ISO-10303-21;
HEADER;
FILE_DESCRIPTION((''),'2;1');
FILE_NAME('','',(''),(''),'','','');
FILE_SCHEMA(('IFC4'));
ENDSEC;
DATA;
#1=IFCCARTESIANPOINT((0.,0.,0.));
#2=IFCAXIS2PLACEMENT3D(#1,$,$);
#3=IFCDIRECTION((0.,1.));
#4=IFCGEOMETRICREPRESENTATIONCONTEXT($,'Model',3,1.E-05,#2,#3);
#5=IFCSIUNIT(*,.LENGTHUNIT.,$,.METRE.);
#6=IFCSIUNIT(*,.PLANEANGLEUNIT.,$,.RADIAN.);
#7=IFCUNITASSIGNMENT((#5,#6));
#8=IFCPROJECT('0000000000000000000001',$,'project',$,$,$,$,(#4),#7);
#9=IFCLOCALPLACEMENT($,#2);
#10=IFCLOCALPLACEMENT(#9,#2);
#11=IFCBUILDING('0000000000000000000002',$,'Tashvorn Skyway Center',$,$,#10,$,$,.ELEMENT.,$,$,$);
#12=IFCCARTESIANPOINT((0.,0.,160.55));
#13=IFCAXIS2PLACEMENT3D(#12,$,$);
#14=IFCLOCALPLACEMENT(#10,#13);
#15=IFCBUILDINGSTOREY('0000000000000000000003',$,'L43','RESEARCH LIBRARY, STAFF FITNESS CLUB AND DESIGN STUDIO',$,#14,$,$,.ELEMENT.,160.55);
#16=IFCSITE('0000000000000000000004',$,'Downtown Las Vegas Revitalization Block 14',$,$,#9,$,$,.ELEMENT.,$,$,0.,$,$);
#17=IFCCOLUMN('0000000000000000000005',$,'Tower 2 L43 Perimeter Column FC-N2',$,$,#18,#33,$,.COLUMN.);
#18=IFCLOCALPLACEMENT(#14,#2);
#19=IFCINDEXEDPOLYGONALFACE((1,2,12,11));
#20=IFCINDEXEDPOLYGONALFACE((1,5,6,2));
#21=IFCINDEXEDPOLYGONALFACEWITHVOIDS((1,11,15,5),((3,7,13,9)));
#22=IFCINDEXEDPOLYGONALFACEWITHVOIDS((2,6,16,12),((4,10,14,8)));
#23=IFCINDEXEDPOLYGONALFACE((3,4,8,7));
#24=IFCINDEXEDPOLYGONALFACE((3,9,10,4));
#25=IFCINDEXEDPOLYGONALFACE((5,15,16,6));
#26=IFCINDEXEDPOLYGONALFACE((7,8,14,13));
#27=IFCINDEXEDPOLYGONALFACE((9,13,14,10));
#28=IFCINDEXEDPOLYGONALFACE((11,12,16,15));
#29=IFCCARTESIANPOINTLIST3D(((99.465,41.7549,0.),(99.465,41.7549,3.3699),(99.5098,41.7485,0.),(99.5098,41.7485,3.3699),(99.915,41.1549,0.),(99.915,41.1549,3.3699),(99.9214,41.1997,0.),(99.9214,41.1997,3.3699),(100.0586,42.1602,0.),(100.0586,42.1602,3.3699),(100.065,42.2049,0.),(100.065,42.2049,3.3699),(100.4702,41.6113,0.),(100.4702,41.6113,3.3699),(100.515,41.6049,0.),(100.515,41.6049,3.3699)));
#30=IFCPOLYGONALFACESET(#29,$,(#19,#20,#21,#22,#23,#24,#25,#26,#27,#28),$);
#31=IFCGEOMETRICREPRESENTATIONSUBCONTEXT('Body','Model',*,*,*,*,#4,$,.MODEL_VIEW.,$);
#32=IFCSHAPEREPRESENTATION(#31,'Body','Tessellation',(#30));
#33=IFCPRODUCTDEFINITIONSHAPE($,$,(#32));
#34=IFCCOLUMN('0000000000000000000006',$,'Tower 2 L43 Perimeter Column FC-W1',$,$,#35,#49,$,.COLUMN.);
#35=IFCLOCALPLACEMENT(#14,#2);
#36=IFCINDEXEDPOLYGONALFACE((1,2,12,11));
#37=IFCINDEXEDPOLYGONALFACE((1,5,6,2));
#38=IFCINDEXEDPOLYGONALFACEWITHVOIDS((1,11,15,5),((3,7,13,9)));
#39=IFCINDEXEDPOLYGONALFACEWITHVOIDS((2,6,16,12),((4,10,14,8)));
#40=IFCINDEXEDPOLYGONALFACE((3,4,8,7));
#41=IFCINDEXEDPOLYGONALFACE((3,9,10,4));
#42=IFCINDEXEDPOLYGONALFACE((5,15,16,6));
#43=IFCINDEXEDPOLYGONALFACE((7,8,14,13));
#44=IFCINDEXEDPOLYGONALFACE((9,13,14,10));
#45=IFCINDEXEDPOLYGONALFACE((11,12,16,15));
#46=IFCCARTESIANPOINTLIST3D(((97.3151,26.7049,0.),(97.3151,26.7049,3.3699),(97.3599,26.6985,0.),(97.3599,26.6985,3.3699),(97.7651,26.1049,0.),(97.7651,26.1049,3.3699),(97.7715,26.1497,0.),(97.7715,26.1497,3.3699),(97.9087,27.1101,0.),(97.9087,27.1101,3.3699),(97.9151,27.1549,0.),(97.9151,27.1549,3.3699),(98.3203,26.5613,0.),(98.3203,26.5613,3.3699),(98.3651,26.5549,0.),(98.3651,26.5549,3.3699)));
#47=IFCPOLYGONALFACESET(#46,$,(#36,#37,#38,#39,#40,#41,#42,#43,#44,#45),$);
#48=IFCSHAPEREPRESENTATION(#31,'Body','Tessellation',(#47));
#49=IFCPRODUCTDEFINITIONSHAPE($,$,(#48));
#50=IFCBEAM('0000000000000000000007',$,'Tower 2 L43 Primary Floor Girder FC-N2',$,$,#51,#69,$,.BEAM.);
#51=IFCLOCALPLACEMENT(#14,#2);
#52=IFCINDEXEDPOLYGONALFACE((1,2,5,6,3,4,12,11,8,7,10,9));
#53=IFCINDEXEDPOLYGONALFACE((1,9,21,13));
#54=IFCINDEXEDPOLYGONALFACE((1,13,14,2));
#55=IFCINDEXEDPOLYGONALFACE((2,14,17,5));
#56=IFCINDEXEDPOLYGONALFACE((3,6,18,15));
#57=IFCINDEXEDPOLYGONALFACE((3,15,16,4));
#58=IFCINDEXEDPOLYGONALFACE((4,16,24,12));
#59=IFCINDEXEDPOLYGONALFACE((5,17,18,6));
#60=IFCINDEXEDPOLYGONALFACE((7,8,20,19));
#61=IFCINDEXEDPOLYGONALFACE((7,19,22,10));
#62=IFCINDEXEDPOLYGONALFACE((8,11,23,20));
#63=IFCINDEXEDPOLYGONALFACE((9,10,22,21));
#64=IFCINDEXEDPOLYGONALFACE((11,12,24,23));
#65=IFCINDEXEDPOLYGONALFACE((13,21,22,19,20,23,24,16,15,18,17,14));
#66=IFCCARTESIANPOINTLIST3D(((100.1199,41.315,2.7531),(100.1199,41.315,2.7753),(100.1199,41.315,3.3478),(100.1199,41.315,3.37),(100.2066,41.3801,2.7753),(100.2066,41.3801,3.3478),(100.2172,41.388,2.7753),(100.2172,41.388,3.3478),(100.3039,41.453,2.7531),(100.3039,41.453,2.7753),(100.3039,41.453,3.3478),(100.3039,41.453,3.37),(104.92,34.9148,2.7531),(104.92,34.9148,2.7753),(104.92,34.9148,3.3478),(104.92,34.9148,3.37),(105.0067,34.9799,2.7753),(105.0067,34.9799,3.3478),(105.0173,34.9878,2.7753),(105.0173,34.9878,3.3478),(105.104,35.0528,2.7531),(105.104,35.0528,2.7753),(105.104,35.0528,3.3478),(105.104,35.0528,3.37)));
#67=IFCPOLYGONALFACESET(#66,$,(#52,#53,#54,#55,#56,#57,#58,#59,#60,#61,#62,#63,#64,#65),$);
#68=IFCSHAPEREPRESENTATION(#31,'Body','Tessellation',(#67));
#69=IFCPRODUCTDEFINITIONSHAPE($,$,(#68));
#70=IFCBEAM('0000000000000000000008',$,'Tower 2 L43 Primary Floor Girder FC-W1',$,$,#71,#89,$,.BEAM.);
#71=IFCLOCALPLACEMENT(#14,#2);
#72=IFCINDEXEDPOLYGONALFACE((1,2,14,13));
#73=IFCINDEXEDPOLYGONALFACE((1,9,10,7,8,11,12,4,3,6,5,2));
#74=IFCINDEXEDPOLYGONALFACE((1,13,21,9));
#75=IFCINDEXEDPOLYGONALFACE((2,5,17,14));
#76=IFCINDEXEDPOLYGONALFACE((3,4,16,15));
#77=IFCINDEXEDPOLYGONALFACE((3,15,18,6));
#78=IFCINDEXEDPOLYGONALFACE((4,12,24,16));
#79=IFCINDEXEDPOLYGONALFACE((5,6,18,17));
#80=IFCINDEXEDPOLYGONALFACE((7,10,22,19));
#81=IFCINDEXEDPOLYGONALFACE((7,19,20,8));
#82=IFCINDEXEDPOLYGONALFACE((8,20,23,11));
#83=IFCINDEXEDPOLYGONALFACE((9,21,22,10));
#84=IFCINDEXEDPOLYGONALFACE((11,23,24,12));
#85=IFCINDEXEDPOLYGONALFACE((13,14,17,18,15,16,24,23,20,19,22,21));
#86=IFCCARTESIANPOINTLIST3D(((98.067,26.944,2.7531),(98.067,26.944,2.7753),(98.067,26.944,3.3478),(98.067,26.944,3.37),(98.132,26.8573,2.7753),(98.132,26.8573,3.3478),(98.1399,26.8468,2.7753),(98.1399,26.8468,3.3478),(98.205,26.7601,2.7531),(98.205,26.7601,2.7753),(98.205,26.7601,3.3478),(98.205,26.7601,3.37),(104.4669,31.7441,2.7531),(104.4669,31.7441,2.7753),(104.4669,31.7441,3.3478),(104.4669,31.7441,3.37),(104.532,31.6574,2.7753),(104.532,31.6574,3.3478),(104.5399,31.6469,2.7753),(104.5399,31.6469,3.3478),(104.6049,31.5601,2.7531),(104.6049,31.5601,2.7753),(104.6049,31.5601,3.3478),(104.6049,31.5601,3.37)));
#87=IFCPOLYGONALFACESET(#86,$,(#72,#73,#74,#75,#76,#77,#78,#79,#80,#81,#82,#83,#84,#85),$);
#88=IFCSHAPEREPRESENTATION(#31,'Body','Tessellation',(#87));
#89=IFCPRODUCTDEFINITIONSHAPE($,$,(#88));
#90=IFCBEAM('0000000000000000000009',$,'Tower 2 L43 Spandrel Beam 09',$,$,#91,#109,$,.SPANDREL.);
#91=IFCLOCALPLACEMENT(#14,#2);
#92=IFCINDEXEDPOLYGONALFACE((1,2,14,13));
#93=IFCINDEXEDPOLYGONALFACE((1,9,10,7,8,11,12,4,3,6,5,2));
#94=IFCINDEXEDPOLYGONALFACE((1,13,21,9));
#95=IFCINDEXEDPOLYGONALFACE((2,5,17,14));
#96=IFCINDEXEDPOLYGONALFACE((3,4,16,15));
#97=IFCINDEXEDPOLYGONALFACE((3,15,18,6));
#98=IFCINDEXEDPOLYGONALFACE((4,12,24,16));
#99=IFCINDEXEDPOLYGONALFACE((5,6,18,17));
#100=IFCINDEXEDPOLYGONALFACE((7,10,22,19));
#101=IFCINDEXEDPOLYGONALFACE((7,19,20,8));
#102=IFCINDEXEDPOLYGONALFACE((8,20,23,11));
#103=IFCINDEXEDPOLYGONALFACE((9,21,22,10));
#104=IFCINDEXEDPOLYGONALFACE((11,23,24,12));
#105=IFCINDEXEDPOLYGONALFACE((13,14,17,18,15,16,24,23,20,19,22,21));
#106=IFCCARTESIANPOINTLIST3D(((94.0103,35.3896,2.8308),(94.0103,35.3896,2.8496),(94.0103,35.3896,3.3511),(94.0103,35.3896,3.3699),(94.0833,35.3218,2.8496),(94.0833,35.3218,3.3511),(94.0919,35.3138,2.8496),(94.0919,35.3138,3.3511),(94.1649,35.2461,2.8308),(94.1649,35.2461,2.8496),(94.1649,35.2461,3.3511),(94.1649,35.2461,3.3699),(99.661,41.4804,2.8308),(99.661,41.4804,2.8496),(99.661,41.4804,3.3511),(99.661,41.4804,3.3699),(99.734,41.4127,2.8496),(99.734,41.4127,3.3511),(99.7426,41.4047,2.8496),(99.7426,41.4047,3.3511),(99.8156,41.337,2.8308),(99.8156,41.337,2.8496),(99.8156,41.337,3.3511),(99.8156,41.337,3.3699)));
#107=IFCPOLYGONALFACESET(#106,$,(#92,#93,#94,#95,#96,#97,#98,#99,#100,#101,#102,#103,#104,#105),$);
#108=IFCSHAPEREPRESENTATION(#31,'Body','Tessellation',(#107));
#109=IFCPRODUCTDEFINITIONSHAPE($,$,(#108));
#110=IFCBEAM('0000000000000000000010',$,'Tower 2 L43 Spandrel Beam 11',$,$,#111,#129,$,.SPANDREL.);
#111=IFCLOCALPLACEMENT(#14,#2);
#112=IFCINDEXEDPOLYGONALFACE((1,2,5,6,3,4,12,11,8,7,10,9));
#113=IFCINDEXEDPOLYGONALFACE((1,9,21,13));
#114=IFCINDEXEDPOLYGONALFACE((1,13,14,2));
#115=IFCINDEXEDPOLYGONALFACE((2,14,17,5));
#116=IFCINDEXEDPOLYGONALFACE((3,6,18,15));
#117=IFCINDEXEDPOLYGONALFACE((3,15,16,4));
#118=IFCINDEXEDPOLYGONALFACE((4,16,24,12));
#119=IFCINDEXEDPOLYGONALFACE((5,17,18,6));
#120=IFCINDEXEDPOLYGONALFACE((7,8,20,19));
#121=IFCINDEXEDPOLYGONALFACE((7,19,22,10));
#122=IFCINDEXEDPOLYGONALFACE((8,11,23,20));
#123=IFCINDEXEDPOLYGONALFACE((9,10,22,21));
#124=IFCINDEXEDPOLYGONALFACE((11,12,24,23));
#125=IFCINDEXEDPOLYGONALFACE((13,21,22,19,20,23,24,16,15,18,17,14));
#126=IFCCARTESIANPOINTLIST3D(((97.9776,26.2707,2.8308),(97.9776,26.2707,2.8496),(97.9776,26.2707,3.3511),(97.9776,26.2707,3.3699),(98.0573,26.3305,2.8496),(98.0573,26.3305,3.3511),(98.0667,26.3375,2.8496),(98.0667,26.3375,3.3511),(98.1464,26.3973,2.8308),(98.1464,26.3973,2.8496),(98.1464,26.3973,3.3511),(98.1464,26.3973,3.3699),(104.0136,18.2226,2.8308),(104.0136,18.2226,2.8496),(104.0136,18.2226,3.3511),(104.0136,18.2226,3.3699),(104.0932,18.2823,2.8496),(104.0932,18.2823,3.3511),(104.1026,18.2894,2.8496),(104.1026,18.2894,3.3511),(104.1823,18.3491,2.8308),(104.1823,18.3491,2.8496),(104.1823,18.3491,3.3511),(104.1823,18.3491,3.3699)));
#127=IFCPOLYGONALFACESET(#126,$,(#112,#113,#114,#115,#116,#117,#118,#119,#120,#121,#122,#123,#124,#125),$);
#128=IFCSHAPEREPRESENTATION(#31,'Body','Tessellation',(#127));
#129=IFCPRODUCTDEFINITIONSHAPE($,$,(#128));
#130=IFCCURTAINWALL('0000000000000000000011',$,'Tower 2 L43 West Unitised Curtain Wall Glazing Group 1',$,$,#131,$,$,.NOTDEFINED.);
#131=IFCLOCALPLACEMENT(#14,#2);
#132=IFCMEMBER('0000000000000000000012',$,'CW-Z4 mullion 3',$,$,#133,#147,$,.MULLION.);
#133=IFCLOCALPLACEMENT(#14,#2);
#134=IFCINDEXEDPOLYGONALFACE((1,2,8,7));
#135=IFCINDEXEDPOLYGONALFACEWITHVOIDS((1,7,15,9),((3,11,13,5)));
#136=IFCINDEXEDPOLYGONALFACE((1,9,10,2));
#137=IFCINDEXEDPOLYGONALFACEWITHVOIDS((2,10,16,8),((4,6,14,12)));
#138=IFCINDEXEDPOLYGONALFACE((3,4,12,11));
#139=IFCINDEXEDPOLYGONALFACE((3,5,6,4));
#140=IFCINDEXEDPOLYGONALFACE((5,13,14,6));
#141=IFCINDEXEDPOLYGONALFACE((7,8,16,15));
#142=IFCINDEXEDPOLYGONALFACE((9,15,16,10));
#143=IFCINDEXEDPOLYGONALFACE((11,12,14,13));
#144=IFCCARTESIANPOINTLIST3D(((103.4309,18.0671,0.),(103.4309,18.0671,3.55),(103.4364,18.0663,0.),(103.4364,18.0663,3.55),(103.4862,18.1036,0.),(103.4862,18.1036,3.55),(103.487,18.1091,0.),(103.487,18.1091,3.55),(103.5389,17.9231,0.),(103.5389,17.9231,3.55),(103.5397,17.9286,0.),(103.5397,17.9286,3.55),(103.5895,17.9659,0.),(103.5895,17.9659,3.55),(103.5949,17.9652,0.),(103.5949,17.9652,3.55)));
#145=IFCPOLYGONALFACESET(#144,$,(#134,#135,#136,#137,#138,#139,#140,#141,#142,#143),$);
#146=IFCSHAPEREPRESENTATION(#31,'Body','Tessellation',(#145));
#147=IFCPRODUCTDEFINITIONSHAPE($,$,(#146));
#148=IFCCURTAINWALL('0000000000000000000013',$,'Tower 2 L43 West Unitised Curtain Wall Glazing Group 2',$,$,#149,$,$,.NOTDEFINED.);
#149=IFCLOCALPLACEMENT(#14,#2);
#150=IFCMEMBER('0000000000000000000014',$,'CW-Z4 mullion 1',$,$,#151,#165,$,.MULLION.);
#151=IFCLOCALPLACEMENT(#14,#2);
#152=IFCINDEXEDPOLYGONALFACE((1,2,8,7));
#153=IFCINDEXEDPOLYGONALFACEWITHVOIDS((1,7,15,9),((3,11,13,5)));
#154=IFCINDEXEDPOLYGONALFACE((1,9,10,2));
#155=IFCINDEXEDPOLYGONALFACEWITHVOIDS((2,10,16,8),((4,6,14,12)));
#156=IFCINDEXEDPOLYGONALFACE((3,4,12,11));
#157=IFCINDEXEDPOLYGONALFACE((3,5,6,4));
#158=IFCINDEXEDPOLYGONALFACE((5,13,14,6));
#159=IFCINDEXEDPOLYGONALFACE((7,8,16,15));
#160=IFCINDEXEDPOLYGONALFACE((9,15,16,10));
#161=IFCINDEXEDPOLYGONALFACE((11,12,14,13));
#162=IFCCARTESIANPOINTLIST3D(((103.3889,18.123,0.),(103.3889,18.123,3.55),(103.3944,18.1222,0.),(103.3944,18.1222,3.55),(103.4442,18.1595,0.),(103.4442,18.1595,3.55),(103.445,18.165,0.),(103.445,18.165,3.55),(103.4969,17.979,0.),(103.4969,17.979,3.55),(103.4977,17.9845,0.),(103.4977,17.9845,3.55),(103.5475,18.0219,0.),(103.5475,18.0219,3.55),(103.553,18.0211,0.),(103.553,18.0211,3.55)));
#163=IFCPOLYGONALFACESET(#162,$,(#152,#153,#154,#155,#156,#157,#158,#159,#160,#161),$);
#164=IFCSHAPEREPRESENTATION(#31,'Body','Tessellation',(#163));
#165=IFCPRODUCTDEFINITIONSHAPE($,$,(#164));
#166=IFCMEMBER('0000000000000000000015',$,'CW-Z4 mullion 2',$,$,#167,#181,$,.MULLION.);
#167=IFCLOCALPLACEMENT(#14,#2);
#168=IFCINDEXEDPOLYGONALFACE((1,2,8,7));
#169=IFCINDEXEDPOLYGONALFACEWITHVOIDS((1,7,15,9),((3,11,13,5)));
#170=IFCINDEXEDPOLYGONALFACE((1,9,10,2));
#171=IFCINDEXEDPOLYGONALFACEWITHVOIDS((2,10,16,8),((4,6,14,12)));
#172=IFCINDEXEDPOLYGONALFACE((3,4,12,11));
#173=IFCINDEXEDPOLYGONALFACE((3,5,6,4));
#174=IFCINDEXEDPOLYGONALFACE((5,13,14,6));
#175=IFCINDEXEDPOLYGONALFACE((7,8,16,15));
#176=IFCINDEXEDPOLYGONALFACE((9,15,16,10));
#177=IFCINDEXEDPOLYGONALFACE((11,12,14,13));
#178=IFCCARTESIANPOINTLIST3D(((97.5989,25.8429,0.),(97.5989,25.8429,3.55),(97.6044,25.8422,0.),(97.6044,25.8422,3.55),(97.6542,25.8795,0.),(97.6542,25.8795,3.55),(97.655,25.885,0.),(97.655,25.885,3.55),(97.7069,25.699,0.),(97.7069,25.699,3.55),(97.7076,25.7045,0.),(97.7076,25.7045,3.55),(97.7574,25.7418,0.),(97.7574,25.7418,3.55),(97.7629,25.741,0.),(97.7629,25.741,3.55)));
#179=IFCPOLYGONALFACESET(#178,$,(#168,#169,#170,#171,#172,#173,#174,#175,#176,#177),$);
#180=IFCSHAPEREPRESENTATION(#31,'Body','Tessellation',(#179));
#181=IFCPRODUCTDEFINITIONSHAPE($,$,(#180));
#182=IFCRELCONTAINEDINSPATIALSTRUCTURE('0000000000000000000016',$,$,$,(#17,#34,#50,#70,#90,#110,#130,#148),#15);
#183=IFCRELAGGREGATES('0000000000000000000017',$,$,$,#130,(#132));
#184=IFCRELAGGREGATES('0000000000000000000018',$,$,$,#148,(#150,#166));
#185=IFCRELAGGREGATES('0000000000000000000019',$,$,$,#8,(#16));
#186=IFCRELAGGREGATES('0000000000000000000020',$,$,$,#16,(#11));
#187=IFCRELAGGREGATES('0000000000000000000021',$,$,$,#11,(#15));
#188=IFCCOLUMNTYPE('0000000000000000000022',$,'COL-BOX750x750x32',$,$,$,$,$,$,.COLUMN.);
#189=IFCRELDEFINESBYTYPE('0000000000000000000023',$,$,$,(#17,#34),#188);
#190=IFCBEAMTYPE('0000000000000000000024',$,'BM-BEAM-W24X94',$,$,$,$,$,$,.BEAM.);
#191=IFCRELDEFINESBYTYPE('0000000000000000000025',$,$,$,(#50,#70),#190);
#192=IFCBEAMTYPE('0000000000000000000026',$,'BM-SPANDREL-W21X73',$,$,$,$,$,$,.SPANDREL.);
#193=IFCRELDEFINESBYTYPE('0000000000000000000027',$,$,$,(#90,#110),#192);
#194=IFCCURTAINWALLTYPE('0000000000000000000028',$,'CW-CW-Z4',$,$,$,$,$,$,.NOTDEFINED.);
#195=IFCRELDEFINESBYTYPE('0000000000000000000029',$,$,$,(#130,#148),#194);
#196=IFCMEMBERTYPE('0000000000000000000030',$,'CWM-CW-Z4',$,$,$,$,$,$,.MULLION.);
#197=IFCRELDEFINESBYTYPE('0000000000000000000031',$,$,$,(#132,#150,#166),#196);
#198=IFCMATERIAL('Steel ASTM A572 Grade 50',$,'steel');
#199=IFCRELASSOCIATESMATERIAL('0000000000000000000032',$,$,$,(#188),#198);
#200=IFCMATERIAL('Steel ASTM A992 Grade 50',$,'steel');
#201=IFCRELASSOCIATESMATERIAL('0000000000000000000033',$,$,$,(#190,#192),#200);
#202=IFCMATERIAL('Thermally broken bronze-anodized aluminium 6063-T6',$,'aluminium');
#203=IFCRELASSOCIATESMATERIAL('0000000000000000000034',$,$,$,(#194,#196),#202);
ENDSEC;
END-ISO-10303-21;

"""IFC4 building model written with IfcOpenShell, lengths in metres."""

from ifc_helpers import new_model, si_unit, direction, frame, origin, origin_2d, place, context, subcontext, project, spatial, hollow_rectangle, i_section, extrude, material, material_profile, profile_set, type_object, element, aggregate, save


model = new_model("IFC4")

# Units and contexts
model_context = context("Model", 3, precision=1e-05, world=origin(), true_north=direction((0.0, 1.0)))
body_context = subcontext(model_context, "Body", "Model", "MODEL_VIEW")
ifc_project = project(units=[si_unit("LENGTHUNIT", "METRE"), si_unit("PLANEANGLEUNIT", "RADIAN")], contexts=[model_context])

# Site, building, storey
site_placement = place(None, origin())
site = spatial("IfcSite", under=ifc_project, at=site_placement, Name="Downtown Las Vegas Revitalization Block 14", CompositionType="ELEMENT", RefElevation=0.0)
building_placement = place(site_placement, origin())
building = spatial("IfcBuilding", under=site, at=building_placement, Name="Tashvorn Skyway Center", CompositionType="ELEMENT")
storey_placement = place(building_placement, frame((0.0, 0.0, 160.55)))
storey = spatial("IfcBuildingStorey", under=building, at=storey_placement, Name="L43", Description="RESEARCH LIBRARY, STAFF FITNESS CLUB AND DESIGN STUDIO", CompositionType="ELEMENT", Elevation=160.55)

# Columns
ifc_material_1 = material(Name="Steel ASTM A572 Grade 50", Category="steel")
ifc_material_profile_1 = material_profile(ifc_material_1, hollow_rectangle(XDim=0.75, YDim=0.75, WallThickness=0.032, at=origin_2d()), Name="BOX750x750x32")
ifc_profile_set_1 = profile_set([ifc_material_profile_1], Name="Steel ASTM A572 Grade 50")
column_type = type_object("IfcColumnType", Name="COL-BOX750x750x32", PredefinedType="COLUMN", material=ifc_profile_set_1)
for number, where, z_axis, x_axis, name in (
    (1, (99.99, 41.6799, 0.0), (0.0, 0.0, 1.0), (0.8, 0.6, 0.0), "Tower 2 L43 Perimeter Column FC-N2"),
    (2, (97.8401, 26.6299, 0.0), (0.0, 0.0, 1.0), (0.8, 0.6, 0.0), "Tower 2 L43 Perimeter Column FC-W1"),
):
    element("IfcColumn", number, at=place(storey_placement, frame(where, z_axis=z_axis, x_axis=x_axis)), inside=storey, type_object=column_type, Name=name, PredefinedType="COLUMN", context=body_context, shape_type="SweptSolid", body=[
        extrude(hollow_rectangle(XDim=0.75, YDim=0.75, WallThickness=0.032, at=origin_2d()), origin(), (0.0, 0.0, 1.0), 3.3699),
    ])

# Beams
ifc_material_2 = material(Name="Steel ASTM A992 Grade 50", Category="steel")
ifc_material_profile_2 = material_profile(ifc_material_2, i_section(OverallWidth=0.23, OverallDepth=0.6169, WebThickness=0.0132, FlangeThickness=0.0222, at=origin_2d()), Name="W24X94")
ifc_profile_set_2 = profile_set([ifc_material_profile_2], Name="Steel ASTM A992 Grade 50")
beam_type_1 = type_object("IfcBeamType", Name="BM-BEAM-W24X94", PredefinedType="BEAM", material=ifc_profile_set_2)
beam_1_placement = place(storey_placement, frame((100.2119, 41.384, 3.0615), z_axis=(0.599995, -0.800004, 0.0), x_axis=(0.800004, 0.599995, 0.0)))
element("IfcBeam", 3, at=beam_1_placement, inside=storey, type_object=beam_type_1, Name="Tower 2 L43 Primary Floor Girder FC-N2", PredefinedType="BEAM", context=body_context, shape_type="SweptSolid", body=[
    extrude(i_section(OverallWidth=0.23, OverallDepth=0.6169, WebThickness=0.0132, FlangeThickness=0.0222, at=origin_2d()), origin(), (0.0, 0.0, 1.0), 8.0002),
])
beam_2_placement = place(storey_placement, frame((98.136, 26.8521, 3.0615), z_axis=(0.799993, 0.60001, 0.0), x_axis=(-0.60001, 0.799993, 0.0)))
element("IfcBeam", 4, at=beam_2_placement, inside=storey, type_object=beam_type_1, Name="Tower 2 L43 Primary Floor Girder FC-W1", PredefinedType="BEAM", context=body_context, shape_type="SweptSolid", body=[
    extrude(i_section(OverallWidth=0.23, OverallDepth=0.6169, WebThickness=0.0132, FlangeThickness=0.0222, at=origin_2d()), origin(), (0.0, 0.0, 1.0), 8.0),
])
ifc_material_profile_3 = material_profile(ifc_material_2, i_section(OverallWidth=0.2109, OverallDepth=0.5391, WebThickness=0.0117, FlangeThickness=0.0188, at=origin_2d()), Name="W21X73")
ifc_profile_set_3 = profile_set([ifc_material_profile_3], Name="Steel ASTM A992 Grade 50")
beam_type_2 = type_object("IfcBeamType", Name="BM-SPANDREL-W21X73", PredefinedType="SPANDREL", material=ifc_profile_set_3)
beam_3_placement = place(storey_placement, frame((99.7383, 41.4087, 3.1003), z_axis=(-0.68012, -0.733101, 0.0), x_axis=(0.733101, -0.68012, 0.0)))
element("IfcBeam", 5, at=beam_3_placement, inside=storey, type_object=beam_type_2, Name="Tower 2 L43 Spandrel Beam 09", PredefinedType="SPANDREL", context=body_context, shape_type="SweptSolid", body=[
    extrude(i_section(OverallWidth=0.2109, OverallDepth=0.5391, WebThickness=0.0117, FlangeThickness=0.0188, at=origin_2d()), origin(), (0.0, 0.0, 1.0), 8.3083),
])
beam_4_placement = place(storey_placement, frame((98.062, 26.334, 3.1003), z_axis=(0.599988, -0.800009, 0.0), x_axis=(0.800009, 0.599988, 0.0)))
element("IfcBeam", 6, at=beam_4_placement, inside=storey, type_object=beam_type_2, Name="Tower 2 L43 Spandrel Beam 11", PredefinedType="SPANDREL", context=body_context, shape_type="SweptSolid", body=[
    extrude(i_section(OverallWidth=0.2109, OverallDepth=0.5391, WebThickness=0.0117, FlangeThickness=0.0188, at=origin_2d()), origin(), (0.0, 0.0, 1.0), 10.0601),
])

# Curtain wall, member
ifc_material_3 = material(Name="Thermally broken bronze-anodized aluminium 6063-T6", Category="aluminium")
curtain_wall_type = type_object("IfcCurtainWallType", Name="CW-CW-Z4", PredefinedType="NOTDEFINED", material=ifc_material_3)
curtain_wall_1_placement = place(storey_placement, origin())
curtain_wall_1 = element("IfcCurtainWall", 7, at=curtain_wall_1_placement, inside=storey, type_object=curtain_wall_type, Name="Tower 2 L43 West Unitised Curtain Wall Glazing Group 1", PredefinedType="NOTDEFINED")
ifc_material_profile_4 = material_profile(ifc_material_3, hollow_rectangle(XDim=0.0701, YDim=0.1799, WallThickness=0.0039, at=origin_2d()), Name="ALU-MULL-70x180")
ifc_profile_set_4 = profile_set([ifc_material_profile_4], Name="Thermally broken bronze-anodized aluminium 6063-T6")
member_type_1 = type_object("IfcMemberType", Name="CWM-CW-Z4", PredefinedType="MULLION", material=ifc_profile_set_4)
member_1_placement = place(storey_placement, frame((103.5129, 18.0161, 0.0), z_axis=(0.0, 0.0, 1.0), x_axis=(-0.8, -0.6, 0.0)))
member_1 = element("IfcMember", 8, at=member_1_placement, type_object=member_type_1, Name="CW-Z4 mullion 3", PredefinedType="MULLION", context=body_context, shape_type="SweptSolid", body=[
    extrude(hollow_rectangle(XDim=0.0701, YDim=0.1799, WallThickness=0.0039, at=origin_2d()), origin(), (0.0, 0.0, 1.0), 3.55),
])
aggregate(curtain_wall_1, [member_1])

# Curtain wall, members
curtain_wall_2_placement = place(storey_placement, origin())
curtain_wall_2 = element("IfcCurtainWall", 9, at=curtain_wall_2_placement, inside=storey, type_object=curtain_wall_type, Name="Tower 2 L43 West Unitised Curtain Wall Glazing Group 2", PredefinedType="NOTDEFINED")
member_2_placement = place(storey_placement, frame((103.4709, 18.072, 0.0), z_axis=(0.0, 0.0, 1.0), x_axis=(-0.8, -0.6, 0.0)))
member_2 = element("IfcMember", 10, at=member_2_placement, type_object=member_type_1, Name="CW-Z4 mullion 1", PredefinedType="MULLION", context=body_context, shape_type="SweptSolid", body=[
    extrude(hollow_rectangle(XDim=0.0701, YDim=0.1799, WallThickness=0.0039, at=origin_2d()), origin(), (0.0, 0.0, 1.0), 3.55),
])
member_3_placement = place(storey_placement, frame((97.6809, 25.792, 0.0), z_axis=(0.0, 0.0, 1.0), x_axis=(-0.8, -0.6, 0.0)))
member_3 = element("IfcMember", 11, at=member_3_placement, type_object=member_type_1, Name="CW-Z4 mullion 2", PredefinedType="MULLION", context=body_context, shape_type="SweptSolid", body=[
    extrude(hollow_rectangle(XDim=0.0701, YDim=0.1799, WallThickness=0.0039, at=origin_2d()), origin(), (0.0, 0.0, 1.0), 3.55),
])

aggregate(curtain_wall_2, [member_2, member_3])

save(model, "model.ifc")
